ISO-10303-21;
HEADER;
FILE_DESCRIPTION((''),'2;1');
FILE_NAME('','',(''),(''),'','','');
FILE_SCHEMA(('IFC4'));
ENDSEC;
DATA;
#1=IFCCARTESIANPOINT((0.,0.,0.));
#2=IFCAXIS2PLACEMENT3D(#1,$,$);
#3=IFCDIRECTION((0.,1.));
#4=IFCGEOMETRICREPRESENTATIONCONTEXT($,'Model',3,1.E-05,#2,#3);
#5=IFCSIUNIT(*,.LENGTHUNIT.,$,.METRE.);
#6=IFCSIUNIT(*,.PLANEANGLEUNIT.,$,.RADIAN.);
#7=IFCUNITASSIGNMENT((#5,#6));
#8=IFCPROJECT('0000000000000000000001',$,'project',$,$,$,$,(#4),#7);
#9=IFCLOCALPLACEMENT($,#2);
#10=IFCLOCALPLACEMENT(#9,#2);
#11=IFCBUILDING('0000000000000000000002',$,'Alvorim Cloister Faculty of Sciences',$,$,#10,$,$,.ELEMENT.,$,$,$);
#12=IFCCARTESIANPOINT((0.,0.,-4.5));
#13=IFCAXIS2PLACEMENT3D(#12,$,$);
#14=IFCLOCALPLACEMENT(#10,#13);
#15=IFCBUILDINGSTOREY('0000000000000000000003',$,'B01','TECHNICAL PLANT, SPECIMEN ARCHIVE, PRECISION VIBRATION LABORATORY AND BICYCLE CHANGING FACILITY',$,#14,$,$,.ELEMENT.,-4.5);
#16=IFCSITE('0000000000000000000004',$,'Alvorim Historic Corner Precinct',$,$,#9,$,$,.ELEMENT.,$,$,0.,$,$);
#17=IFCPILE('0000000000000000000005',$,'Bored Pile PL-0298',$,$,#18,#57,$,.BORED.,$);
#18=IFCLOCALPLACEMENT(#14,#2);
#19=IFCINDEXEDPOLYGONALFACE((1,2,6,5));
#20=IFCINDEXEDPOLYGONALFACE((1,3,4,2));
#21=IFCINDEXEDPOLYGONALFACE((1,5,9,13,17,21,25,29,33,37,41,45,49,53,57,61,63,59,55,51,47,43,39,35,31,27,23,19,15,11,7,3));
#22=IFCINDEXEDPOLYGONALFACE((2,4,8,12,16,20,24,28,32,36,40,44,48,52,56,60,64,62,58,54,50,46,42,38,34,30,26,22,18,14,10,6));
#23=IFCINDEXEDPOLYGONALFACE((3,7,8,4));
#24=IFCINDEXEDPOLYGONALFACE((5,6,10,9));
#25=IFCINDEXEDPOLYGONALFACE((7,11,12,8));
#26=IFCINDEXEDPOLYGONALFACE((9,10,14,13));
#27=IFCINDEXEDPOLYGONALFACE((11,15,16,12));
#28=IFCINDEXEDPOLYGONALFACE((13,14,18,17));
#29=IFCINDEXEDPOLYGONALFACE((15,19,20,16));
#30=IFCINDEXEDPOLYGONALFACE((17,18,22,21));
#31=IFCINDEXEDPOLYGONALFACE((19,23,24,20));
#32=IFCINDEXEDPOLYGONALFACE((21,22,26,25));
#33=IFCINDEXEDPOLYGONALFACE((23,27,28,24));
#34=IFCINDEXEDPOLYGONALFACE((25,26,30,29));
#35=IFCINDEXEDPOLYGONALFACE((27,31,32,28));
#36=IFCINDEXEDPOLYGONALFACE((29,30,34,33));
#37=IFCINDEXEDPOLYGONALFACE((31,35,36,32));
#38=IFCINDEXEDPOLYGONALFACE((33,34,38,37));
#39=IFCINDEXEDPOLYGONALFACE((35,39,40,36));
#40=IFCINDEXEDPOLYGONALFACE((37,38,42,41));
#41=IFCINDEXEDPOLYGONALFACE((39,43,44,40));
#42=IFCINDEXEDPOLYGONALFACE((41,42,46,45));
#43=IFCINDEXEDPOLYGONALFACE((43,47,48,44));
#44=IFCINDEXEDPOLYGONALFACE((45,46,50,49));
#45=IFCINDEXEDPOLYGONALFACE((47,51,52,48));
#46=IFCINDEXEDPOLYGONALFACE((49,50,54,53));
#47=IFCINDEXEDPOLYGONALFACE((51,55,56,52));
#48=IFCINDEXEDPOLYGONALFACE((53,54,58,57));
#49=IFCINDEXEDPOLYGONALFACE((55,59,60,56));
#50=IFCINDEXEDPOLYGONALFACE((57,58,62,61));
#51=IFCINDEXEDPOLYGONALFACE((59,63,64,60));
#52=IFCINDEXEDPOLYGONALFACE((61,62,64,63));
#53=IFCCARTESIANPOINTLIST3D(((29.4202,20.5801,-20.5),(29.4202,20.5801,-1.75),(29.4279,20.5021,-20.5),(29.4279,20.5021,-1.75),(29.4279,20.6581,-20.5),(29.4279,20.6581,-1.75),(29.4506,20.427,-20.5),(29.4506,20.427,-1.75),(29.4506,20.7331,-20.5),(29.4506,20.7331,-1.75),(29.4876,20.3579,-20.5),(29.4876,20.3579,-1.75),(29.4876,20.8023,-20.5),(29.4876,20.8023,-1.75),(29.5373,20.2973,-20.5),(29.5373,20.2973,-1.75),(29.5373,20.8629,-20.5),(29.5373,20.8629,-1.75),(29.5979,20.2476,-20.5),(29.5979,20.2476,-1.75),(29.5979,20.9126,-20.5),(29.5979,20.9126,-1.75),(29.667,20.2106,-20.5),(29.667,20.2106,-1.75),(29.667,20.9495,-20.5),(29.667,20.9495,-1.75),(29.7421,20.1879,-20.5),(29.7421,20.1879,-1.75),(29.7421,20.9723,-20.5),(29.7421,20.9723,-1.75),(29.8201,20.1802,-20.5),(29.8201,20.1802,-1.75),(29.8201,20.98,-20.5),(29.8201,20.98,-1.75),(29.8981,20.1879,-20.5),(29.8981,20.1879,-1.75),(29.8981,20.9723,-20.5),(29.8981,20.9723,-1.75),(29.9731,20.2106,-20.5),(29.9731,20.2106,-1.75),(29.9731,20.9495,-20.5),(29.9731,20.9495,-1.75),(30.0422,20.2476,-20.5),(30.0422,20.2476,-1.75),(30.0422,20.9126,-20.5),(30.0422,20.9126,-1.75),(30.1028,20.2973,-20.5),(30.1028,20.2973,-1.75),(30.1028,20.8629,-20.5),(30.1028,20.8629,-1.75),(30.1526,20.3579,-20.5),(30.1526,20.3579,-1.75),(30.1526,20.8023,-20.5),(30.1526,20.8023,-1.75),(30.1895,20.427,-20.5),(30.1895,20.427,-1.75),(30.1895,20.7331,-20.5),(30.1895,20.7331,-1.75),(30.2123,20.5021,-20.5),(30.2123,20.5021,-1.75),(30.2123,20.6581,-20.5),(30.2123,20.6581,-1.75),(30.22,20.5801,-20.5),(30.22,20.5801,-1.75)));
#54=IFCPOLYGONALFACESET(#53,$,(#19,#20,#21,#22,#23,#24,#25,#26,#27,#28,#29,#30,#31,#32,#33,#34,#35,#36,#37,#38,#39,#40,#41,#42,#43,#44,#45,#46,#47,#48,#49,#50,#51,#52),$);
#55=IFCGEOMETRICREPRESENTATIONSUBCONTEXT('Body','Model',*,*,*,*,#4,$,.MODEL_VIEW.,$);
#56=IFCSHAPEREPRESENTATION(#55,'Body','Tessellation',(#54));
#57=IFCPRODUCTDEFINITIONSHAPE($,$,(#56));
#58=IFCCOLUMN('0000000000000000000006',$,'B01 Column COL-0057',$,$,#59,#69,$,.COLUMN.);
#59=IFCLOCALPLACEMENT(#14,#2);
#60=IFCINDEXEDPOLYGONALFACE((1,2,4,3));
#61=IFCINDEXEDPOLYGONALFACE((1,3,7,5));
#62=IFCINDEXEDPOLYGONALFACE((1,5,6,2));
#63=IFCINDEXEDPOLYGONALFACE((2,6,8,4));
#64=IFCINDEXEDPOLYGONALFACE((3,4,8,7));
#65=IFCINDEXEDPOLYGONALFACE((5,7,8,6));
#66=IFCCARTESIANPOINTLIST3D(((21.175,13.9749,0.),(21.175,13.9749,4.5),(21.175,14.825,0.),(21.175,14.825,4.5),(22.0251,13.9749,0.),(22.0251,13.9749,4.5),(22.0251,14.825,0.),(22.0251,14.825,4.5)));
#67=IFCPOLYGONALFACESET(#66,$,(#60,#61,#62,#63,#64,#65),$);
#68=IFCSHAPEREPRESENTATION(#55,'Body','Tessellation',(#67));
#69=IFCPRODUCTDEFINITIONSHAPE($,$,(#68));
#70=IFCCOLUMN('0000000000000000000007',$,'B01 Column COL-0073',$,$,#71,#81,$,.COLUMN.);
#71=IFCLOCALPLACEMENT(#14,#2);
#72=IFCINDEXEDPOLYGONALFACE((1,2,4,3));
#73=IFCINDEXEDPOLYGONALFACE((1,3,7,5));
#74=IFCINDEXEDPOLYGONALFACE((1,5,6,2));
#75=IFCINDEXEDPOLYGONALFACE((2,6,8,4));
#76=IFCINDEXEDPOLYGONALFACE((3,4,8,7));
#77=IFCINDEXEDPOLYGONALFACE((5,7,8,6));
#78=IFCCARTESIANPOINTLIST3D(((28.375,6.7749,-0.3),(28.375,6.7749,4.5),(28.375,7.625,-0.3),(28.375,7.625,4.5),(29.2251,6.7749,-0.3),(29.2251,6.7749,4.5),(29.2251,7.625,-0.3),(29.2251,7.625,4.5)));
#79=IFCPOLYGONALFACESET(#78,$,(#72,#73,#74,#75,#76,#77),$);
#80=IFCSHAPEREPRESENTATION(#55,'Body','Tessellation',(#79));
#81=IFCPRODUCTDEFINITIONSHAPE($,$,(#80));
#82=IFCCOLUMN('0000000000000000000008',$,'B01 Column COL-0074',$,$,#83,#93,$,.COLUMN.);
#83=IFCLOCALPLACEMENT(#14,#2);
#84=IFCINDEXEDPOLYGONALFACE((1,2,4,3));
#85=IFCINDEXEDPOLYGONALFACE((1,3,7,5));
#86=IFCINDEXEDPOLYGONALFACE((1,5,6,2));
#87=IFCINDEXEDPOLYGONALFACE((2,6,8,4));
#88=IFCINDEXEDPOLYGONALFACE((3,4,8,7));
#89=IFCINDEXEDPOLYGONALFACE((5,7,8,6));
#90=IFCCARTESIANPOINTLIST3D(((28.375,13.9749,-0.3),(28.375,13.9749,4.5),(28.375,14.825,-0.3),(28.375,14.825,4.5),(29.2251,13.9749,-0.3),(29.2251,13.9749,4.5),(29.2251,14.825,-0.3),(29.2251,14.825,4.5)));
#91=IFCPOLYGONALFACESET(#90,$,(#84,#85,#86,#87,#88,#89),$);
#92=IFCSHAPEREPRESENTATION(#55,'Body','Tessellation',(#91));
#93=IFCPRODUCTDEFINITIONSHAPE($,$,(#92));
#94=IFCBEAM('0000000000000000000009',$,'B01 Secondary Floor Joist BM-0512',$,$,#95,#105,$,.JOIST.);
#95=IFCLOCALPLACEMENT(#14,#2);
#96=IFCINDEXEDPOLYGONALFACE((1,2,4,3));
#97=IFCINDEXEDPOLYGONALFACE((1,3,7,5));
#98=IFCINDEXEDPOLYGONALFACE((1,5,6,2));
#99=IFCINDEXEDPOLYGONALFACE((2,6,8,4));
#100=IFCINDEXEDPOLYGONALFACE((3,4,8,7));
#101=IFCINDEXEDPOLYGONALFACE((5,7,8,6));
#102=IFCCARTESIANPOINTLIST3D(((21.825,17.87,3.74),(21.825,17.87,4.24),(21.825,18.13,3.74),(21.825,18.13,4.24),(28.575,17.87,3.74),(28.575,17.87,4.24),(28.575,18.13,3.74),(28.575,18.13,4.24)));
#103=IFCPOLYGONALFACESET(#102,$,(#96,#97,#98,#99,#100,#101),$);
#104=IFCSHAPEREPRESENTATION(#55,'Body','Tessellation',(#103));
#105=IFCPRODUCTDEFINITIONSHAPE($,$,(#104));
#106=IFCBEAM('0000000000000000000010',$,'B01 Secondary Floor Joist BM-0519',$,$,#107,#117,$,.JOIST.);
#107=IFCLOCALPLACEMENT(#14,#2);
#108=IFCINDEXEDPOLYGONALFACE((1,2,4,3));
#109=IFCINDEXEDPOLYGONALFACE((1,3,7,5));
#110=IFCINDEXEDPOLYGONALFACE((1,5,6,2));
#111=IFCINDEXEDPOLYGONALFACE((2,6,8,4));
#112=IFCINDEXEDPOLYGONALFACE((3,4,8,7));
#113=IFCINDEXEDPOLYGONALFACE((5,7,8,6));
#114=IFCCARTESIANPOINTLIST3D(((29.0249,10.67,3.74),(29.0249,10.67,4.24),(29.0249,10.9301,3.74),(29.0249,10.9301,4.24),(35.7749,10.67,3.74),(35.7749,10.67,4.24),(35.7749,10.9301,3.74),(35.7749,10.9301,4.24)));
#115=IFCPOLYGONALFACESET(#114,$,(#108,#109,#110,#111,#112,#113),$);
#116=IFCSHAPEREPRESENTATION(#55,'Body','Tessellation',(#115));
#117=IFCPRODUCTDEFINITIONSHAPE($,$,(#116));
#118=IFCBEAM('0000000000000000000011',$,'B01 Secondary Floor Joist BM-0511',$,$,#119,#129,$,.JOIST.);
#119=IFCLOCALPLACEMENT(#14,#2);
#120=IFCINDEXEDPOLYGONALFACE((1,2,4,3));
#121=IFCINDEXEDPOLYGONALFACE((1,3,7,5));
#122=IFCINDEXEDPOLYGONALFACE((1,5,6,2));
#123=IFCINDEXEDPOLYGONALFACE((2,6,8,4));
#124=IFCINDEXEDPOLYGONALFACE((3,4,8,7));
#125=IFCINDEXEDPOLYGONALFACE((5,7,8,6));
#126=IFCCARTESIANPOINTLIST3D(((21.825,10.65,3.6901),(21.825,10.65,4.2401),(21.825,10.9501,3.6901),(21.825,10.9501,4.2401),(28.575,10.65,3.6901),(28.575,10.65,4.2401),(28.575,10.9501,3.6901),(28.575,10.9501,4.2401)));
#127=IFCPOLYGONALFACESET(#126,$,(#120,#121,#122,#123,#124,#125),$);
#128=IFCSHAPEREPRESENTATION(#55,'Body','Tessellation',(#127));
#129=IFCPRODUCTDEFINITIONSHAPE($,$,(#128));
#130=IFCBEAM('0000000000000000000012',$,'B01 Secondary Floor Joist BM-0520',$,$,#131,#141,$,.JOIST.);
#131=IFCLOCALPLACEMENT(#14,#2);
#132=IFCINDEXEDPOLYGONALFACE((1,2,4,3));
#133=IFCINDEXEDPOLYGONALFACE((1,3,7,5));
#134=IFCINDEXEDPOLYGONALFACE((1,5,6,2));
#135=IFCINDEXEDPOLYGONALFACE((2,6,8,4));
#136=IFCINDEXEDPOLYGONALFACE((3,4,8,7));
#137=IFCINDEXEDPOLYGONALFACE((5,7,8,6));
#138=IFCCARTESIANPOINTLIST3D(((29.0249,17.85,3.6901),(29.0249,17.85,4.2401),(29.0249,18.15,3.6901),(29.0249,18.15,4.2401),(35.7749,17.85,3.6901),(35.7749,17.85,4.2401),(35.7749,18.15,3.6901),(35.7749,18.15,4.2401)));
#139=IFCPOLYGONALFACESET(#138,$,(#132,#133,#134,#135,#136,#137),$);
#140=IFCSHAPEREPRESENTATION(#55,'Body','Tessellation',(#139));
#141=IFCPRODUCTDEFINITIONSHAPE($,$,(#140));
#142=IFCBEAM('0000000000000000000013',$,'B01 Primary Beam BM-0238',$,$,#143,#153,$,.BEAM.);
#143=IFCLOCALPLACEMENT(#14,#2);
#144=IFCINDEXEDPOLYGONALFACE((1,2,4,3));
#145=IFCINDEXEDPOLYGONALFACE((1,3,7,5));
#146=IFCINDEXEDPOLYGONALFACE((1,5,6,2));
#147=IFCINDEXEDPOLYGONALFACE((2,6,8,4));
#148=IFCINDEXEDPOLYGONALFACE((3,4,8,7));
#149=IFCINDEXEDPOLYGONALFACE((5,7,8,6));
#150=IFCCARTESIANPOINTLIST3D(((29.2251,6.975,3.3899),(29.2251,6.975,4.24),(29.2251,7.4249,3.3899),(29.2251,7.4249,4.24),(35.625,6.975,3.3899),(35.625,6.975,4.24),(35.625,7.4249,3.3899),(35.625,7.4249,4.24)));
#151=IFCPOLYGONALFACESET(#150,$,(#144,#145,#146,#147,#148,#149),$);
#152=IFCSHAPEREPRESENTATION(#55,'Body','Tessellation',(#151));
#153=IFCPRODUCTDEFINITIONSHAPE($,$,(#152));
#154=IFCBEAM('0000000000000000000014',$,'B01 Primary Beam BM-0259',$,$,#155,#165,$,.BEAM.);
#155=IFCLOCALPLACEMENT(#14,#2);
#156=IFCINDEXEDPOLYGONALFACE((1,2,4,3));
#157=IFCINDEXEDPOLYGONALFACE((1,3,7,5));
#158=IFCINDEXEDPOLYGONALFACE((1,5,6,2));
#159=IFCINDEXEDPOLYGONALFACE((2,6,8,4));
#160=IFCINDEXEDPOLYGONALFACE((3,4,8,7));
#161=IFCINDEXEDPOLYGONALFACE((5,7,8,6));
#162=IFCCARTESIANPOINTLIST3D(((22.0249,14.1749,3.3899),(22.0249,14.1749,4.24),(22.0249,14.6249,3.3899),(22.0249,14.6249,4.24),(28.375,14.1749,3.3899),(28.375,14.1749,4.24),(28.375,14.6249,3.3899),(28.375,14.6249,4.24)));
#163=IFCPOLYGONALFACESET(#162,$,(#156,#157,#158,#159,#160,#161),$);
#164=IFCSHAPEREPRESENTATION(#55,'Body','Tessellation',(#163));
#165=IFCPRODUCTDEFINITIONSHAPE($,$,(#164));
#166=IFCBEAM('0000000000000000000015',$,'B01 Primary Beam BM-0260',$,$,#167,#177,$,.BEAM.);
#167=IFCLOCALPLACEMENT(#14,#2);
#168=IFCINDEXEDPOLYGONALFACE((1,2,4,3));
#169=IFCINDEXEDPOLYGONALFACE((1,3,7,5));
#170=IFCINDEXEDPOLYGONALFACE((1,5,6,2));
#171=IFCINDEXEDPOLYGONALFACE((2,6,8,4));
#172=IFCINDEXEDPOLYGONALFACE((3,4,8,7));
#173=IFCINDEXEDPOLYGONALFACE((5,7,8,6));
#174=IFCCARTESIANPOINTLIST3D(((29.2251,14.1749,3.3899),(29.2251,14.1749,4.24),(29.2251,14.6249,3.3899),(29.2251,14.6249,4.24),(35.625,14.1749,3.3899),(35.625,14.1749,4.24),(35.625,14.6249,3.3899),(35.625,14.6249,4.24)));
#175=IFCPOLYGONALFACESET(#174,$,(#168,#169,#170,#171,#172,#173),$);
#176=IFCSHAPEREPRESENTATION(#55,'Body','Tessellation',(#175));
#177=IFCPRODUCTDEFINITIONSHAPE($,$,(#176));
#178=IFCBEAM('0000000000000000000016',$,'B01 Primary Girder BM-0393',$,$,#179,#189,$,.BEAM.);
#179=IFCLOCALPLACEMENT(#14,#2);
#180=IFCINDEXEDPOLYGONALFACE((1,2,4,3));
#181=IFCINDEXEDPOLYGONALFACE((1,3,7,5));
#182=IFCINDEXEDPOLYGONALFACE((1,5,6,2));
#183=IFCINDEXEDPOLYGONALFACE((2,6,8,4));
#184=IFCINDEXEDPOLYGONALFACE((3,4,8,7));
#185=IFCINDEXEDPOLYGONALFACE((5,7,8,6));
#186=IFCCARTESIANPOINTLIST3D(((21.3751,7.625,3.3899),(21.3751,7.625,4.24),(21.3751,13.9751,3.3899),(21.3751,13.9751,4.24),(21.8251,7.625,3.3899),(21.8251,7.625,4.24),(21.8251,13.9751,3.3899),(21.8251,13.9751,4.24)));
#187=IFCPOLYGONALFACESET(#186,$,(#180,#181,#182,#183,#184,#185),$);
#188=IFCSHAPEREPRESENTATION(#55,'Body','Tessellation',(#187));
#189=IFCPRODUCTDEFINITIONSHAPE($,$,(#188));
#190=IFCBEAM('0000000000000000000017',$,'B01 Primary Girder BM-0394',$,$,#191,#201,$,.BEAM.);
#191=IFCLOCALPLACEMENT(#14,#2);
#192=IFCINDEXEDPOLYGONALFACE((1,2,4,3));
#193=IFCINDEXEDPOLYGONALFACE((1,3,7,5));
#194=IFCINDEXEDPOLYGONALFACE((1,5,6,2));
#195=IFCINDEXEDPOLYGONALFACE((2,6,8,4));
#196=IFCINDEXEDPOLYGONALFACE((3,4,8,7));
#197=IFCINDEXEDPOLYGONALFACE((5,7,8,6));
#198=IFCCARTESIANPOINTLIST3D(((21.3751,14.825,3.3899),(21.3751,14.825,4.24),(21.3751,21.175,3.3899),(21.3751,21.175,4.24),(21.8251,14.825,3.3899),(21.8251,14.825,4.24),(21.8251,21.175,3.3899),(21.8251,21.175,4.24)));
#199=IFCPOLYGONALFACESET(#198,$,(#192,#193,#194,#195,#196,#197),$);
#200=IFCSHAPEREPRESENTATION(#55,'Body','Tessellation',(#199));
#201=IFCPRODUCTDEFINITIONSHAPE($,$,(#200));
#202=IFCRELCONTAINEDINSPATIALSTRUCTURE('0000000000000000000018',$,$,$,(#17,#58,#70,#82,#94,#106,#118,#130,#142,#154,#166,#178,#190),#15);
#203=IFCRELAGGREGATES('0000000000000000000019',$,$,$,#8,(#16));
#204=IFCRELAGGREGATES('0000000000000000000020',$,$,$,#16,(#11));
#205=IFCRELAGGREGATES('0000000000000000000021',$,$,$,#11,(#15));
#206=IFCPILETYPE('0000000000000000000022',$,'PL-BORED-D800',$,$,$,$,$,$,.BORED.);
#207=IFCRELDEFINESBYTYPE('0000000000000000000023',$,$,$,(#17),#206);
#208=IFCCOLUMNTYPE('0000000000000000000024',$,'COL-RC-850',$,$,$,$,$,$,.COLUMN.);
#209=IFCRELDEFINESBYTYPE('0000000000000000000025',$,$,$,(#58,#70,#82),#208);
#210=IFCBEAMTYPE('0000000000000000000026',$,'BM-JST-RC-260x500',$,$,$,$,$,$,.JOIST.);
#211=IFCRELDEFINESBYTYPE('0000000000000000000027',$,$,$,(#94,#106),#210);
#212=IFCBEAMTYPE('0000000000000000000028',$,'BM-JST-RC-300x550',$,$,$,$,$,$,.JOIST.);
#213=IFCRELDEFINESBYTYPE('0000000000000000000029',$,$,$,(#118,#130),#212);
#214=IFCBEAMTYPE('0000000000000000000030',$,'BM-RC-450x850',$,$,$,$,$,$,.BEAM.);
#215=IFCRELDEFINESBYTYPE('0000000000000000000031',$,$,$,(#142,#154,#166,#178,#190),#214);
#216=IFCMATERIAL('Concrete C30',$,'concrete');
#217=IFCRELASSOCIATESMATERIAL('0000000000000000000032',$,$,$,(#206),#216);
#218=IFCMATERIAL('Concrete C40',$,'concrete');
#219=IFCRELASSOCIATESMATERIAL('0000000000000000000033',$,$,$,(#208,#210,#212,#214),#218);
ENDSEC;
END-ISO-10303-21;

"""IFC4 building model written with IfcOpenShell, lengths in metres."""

from ifc_helpers import new_model, si_unit, direction, frame, origin, origin_2d, place, context, subcontext, project, spatial, rectangle, circle, extrude, material, material_profile, profile_set, type_object, element, save


model = new_model("IFC4")

# Units and contexts
model_context = context("Model", 3, precision=1e-05, world=origin(), true_north=direction((0.0, 1.0)))
body_context = subcontext(model_context, "Body", "Model", "MODEL_VIEW")
ifc_project = project(units=[si_unit("LENGTHUNIT", "METRE"), si_unit("PLANEANGLEUNIT", "RADIAN")], contexts=[model_context])

# Site, building, storey
site_placement = place(None, origin())
site = spatial("IfcSite", under=ifc_project, at=site_placement, Name="Alvorim Historic Corner Precinct", CompositionType="ELEMENT", RefElevation=0.0)
building_placement = place(site_placement, origin())
building = spatial("IfcBuilding", under=site, at=building_placement, Name="Alvorim Cloister Faculty of Sciences", CompositionType="ELEMENT")
storey_placement = place(building_placement, frame((0.0, 0.0, -4.5)))
storey = spatial("IfcBuildingStorey", under=building, at=storey_placement, Name="B01", Description="TECHNICAL PLANT, SPECIMEN ARCHIVE, PRECISION VIBRATION LABORATORY AND BICYCLE CHANGING FACILITY", CompositionType="ELEMENT", Elevation=-4.5)

# Shared definitions
ifc_material_1 = material(Name="Concrete C40", Category="concrete")

# Pile
ifc_material_2 = material(Name="Concrete C30", Category="concrete")
ifc_material_profile_1 = material_profile(ifc_material_2, circle(Radius=0.3999, at=origin_2d()), Name="PILE-D800")
ifc_profile_set_1 = profile_set([ifc_material_profile_1], Name="Concrete C30")
pile_type = type_object("IfcPileType", Name="PL-BORED-D800", PredefinedType="BORED", material=ifc_profile_set_1)
for number, where, z_axis, x_axis, name in (
    (1, (29.8201, 20.5801, -1.75), (0.0, 0.0, -1.0), (1.0, 0.0, 0.0), "Bored Pile PL-0298"),
):
    element("IfcPile", number, at=place(storey_placement, frame(where, z_axis=z_axis, x_axis=x_axis)), inside=storey, type_object=pile_type, Name=name, PredefinedType="BORED", context=body_context, shape_type="SweptSolid", body=[
        extrude(circle(Radius=0.3999, at=origin_2d()), origin(), (0.0, 0.0, 1.0), 18.75),
    ])

# Columns
ifc_material_profile_2 = material_profile(ifc_material_1, rectangle(XDim=0.8501, YDim=0.8501, at=origin_2d()), Name="RC40-COL-850x850")
ifc_profile_set_2 = profile_set([ifc_material_profile_2], Name="Concrete C40")
column_type = type_object("IfcColumnType", Name="COL-RC-850", PredefinedType="COLUMN", material=ifc_profile_set_2)
column_placement = place(storey_placement, frame((21.6001, 14.3999, 0.0), z_axis=(0.0, 0.0, 1.0), x_axis=(1.0, 0.0, 0.0)))
element("IfcColumn", 2, at=column_placement, inside=storey, type_object=column_type, Name="B01 Column COL-0057", PredefinedType="COLUMN", context=body_context, shape_type="SweptSolid", body=[
    extrude(rectangle(XDim=0.8501, YDim=0.8501, at=origin_2d()), origin(), (0.0, 0.0, 1.0), 4.5),
])
for number, where, z_axis, x_axis, name in (
    (3, (28.8, 7.2, -0.3), (0.0, 0.0, 1.0), (1.0, 0.0, 0.0), "B01 Column COL-0073"),
    (4, (28.8, 14.3999, -0.3), (0.0, 0.0, 1.0), (1.0, 0.0, 0.0), "B01 Column COL-0074"),
):
    element("IfcColumn", number, at=place(storey_placement, frame(where, z_axis=z_axis, x_axis=x_axis)), inside=storey, type_object=column_type, Name=name, PredefinedType="COLUMN", context=body_context, shape_type="SweptSolid", body=[
        extrude(rectangle(XDim=0.8501, YDim=0.8501, at=origin_2d()), origin(), (0.0, 0.0, 1.0), 4.8),
    ])

# Beams
ifc_material_profile_3 = material_profile(ifc_material_1, rectangle(XDim=0.26, YDim=0.5, at=origin_2d()), Name="RC40-JST-260x500")
ifc_profile_set_3 = profile_set([ifc_material_profile_3], Name="Concrete C40")
beam_type_1 = type_object("IfcBeamType", Name="BM-JST-RC-260x500", PredefinedType="JOIST", material=ifc_profile_set_3)
for number, where, z_axis, x_axis, name in (
    (5, (21.825, 18.0, 3.99), (1.0, 0.0, 0.0), (0.0, 1.0, 0.0), "B01 Secondary Floor Joist BM-0512"),
    (6, (29.0249, 10.8, 3.99), (1.0, 0.0, 0.0), (0.0, 1.0, 0.0), "B01 Secondary Floor Joist BM-0519"),
):
    element("IfcBeam", number, at=place(storey_placement, frame(where, z_axis=z_axis, x_axis=x_axis)), inside=storey, type_object=beam_type_1, Name=name, PredefinedType="JOIST", context=body_context, shape_type="SweptSolid", body=[
        extrude(rectangle(XDim=0.26, YDim=0.5, at=origin_2d()), origin(), (0.0, 0.0, 1.0), 6.75),
    ])
ifc_material_profile_4 = material_profile(ifc_material_1, rectangle(XDim=0.3, YDim=0.55, at=origin_2d()), Name="RC40-JST-300x550")
ifc_profile_set_4 = profile_set([ifc_material_profile_4], Name="Concrete C40")
beam_type_2 = type_object("IfcBeamType", Name="BM-JST-RC-300x550", PredefinedType="JOIST", material=ifc_profile_set_4)
for number, where, z_axis, x_axis, name in (
    (7, (21.825, 10.8, 3.9651), (1.0, 0.0, 0.0), (0.0, 1.0, 0.0), "B01 Secondary Floor Joist BM-0511"),
    (8, (29.0249, 18.0, 3.9651), (1.0, 0.0, 0.0), (0.0, 1.0, 0.0), "B01 Secondary Floor Joist BM-0520"),
):
    element("IfcBeam", number, at=place(storey_placement, frame(where, z_axis=z_axis, x_axis=x_axis)), inside=storey, type_object=beam_type_2, Name=name, PredefinedType="JOIST", context=body_context, shape_type="SweptSolid", body=[
        extrude(rectangle(XDim=0.3, YDim=0.55, at=origin_2d()), origin(), (0.0, 0.0, 1.0), 6.75),
    ])
ifc_material_profile_5 = material_profile(ifc_material_1, rectangle(XDim=0.45, YDim=0.8501, at=origin_2d()), Name="RC40-BM-450x850")
ifc_profile_set_5 = profile_set([ifc_material_profile_5], Name="Concrete C40")
beam_type_3 = type_object("IfcBeamType", Name="BM-RC-450x850", PredefinedType="BEAM", material=ifc_profile_set_5)
beam_1_placement = place(storey_placement, frame((29.2251, 7.2, 3.8149), z_axis=(1.0, 0.0, 0.0), x_axis=(0.0, 1.0, 0.0)))
element("IfcBeam", 9, at=beam_1_placement, inside=storey, type_object=beam_type_3, Name="B01 Primary Beam BM-0238", PredefinedType="BEAM", context=body_context, shape_type="SweptSolid", body=[
    extrude(rectangle(XDim=0.45, YDim=0.8501, at=origin_2d()), origin(), (0.0, 0.0, 1.0), 6.3999),
])
beam_2_placement = place(storey_placement, frame((22.0249, 14.3999, 3.8149), z_axis=(1.0, 0.0, 0.0), x_axis=(0.0, 1.0, 0.0)))
element("IfcBeam", 10, at=beam_2_placement, inside=storey, type_object=beam_type_3, Name="B01 Primary Beam BM-0259", PredefinedType="BEAM", context=body_context, shape_type="SweptSolid", body=[
    extrude(rectangle(XDim=0.45, YDim=0.8501, at=origin_2d()), origin(), (0.0, 0.0, 1.0), 6.3501),
])
beam_3_placement = place(storey_placement, frame((29.2251, 14.3999, 3.8149), z_axis=(1.0, 0.0, 0.0), x_axis=(0.0, 1.0, 0.0)))
element("IfcBeam", 11, at=beam_3_placement, inside=storey, type_object=beam_type_3, Name="B01 Primary Beam BM-0260", PredefinedType="BEAM", context=body_context, shape_type="SweptSolid", body=[
    extrude(rectangle(XDim=0.45, YDim=0.8501, at=origin_2d()), origin(), (0.0, 0.0, 1.0), 6.3999),
])
for number, where, z_axis, x_axis, name in (
    (12, (21.6001, 7.625, 3.8149), (0.0, 1.0, 0.0), (-1.0, 0.0, 0.0), "B01 Primary Girder BM-0393"),
    (13, (21.6001, 14.825, 3.8149), (0.0, 1.0, 0.0), (-1.0, 0.0, 0.0), "B01 Primary Girder BM-0394"),
):
    element("IfcBeam", number, at=place(storey_placement, frame(where, z_axis=z_axis, x_axis=x_axis)), inside=storey, type_object=beam_type_3, Name=name, PredefinedType="BEAM", context=body_context, shape_type="SweptSolid", body=[
        extrude(rectangle(XDim=0.45, YDim=0.8501, at=origin_2d()), origin(), (0.0, 0.0, 1.0), 6.3501),
    ])

save(model, "model.ifc")
